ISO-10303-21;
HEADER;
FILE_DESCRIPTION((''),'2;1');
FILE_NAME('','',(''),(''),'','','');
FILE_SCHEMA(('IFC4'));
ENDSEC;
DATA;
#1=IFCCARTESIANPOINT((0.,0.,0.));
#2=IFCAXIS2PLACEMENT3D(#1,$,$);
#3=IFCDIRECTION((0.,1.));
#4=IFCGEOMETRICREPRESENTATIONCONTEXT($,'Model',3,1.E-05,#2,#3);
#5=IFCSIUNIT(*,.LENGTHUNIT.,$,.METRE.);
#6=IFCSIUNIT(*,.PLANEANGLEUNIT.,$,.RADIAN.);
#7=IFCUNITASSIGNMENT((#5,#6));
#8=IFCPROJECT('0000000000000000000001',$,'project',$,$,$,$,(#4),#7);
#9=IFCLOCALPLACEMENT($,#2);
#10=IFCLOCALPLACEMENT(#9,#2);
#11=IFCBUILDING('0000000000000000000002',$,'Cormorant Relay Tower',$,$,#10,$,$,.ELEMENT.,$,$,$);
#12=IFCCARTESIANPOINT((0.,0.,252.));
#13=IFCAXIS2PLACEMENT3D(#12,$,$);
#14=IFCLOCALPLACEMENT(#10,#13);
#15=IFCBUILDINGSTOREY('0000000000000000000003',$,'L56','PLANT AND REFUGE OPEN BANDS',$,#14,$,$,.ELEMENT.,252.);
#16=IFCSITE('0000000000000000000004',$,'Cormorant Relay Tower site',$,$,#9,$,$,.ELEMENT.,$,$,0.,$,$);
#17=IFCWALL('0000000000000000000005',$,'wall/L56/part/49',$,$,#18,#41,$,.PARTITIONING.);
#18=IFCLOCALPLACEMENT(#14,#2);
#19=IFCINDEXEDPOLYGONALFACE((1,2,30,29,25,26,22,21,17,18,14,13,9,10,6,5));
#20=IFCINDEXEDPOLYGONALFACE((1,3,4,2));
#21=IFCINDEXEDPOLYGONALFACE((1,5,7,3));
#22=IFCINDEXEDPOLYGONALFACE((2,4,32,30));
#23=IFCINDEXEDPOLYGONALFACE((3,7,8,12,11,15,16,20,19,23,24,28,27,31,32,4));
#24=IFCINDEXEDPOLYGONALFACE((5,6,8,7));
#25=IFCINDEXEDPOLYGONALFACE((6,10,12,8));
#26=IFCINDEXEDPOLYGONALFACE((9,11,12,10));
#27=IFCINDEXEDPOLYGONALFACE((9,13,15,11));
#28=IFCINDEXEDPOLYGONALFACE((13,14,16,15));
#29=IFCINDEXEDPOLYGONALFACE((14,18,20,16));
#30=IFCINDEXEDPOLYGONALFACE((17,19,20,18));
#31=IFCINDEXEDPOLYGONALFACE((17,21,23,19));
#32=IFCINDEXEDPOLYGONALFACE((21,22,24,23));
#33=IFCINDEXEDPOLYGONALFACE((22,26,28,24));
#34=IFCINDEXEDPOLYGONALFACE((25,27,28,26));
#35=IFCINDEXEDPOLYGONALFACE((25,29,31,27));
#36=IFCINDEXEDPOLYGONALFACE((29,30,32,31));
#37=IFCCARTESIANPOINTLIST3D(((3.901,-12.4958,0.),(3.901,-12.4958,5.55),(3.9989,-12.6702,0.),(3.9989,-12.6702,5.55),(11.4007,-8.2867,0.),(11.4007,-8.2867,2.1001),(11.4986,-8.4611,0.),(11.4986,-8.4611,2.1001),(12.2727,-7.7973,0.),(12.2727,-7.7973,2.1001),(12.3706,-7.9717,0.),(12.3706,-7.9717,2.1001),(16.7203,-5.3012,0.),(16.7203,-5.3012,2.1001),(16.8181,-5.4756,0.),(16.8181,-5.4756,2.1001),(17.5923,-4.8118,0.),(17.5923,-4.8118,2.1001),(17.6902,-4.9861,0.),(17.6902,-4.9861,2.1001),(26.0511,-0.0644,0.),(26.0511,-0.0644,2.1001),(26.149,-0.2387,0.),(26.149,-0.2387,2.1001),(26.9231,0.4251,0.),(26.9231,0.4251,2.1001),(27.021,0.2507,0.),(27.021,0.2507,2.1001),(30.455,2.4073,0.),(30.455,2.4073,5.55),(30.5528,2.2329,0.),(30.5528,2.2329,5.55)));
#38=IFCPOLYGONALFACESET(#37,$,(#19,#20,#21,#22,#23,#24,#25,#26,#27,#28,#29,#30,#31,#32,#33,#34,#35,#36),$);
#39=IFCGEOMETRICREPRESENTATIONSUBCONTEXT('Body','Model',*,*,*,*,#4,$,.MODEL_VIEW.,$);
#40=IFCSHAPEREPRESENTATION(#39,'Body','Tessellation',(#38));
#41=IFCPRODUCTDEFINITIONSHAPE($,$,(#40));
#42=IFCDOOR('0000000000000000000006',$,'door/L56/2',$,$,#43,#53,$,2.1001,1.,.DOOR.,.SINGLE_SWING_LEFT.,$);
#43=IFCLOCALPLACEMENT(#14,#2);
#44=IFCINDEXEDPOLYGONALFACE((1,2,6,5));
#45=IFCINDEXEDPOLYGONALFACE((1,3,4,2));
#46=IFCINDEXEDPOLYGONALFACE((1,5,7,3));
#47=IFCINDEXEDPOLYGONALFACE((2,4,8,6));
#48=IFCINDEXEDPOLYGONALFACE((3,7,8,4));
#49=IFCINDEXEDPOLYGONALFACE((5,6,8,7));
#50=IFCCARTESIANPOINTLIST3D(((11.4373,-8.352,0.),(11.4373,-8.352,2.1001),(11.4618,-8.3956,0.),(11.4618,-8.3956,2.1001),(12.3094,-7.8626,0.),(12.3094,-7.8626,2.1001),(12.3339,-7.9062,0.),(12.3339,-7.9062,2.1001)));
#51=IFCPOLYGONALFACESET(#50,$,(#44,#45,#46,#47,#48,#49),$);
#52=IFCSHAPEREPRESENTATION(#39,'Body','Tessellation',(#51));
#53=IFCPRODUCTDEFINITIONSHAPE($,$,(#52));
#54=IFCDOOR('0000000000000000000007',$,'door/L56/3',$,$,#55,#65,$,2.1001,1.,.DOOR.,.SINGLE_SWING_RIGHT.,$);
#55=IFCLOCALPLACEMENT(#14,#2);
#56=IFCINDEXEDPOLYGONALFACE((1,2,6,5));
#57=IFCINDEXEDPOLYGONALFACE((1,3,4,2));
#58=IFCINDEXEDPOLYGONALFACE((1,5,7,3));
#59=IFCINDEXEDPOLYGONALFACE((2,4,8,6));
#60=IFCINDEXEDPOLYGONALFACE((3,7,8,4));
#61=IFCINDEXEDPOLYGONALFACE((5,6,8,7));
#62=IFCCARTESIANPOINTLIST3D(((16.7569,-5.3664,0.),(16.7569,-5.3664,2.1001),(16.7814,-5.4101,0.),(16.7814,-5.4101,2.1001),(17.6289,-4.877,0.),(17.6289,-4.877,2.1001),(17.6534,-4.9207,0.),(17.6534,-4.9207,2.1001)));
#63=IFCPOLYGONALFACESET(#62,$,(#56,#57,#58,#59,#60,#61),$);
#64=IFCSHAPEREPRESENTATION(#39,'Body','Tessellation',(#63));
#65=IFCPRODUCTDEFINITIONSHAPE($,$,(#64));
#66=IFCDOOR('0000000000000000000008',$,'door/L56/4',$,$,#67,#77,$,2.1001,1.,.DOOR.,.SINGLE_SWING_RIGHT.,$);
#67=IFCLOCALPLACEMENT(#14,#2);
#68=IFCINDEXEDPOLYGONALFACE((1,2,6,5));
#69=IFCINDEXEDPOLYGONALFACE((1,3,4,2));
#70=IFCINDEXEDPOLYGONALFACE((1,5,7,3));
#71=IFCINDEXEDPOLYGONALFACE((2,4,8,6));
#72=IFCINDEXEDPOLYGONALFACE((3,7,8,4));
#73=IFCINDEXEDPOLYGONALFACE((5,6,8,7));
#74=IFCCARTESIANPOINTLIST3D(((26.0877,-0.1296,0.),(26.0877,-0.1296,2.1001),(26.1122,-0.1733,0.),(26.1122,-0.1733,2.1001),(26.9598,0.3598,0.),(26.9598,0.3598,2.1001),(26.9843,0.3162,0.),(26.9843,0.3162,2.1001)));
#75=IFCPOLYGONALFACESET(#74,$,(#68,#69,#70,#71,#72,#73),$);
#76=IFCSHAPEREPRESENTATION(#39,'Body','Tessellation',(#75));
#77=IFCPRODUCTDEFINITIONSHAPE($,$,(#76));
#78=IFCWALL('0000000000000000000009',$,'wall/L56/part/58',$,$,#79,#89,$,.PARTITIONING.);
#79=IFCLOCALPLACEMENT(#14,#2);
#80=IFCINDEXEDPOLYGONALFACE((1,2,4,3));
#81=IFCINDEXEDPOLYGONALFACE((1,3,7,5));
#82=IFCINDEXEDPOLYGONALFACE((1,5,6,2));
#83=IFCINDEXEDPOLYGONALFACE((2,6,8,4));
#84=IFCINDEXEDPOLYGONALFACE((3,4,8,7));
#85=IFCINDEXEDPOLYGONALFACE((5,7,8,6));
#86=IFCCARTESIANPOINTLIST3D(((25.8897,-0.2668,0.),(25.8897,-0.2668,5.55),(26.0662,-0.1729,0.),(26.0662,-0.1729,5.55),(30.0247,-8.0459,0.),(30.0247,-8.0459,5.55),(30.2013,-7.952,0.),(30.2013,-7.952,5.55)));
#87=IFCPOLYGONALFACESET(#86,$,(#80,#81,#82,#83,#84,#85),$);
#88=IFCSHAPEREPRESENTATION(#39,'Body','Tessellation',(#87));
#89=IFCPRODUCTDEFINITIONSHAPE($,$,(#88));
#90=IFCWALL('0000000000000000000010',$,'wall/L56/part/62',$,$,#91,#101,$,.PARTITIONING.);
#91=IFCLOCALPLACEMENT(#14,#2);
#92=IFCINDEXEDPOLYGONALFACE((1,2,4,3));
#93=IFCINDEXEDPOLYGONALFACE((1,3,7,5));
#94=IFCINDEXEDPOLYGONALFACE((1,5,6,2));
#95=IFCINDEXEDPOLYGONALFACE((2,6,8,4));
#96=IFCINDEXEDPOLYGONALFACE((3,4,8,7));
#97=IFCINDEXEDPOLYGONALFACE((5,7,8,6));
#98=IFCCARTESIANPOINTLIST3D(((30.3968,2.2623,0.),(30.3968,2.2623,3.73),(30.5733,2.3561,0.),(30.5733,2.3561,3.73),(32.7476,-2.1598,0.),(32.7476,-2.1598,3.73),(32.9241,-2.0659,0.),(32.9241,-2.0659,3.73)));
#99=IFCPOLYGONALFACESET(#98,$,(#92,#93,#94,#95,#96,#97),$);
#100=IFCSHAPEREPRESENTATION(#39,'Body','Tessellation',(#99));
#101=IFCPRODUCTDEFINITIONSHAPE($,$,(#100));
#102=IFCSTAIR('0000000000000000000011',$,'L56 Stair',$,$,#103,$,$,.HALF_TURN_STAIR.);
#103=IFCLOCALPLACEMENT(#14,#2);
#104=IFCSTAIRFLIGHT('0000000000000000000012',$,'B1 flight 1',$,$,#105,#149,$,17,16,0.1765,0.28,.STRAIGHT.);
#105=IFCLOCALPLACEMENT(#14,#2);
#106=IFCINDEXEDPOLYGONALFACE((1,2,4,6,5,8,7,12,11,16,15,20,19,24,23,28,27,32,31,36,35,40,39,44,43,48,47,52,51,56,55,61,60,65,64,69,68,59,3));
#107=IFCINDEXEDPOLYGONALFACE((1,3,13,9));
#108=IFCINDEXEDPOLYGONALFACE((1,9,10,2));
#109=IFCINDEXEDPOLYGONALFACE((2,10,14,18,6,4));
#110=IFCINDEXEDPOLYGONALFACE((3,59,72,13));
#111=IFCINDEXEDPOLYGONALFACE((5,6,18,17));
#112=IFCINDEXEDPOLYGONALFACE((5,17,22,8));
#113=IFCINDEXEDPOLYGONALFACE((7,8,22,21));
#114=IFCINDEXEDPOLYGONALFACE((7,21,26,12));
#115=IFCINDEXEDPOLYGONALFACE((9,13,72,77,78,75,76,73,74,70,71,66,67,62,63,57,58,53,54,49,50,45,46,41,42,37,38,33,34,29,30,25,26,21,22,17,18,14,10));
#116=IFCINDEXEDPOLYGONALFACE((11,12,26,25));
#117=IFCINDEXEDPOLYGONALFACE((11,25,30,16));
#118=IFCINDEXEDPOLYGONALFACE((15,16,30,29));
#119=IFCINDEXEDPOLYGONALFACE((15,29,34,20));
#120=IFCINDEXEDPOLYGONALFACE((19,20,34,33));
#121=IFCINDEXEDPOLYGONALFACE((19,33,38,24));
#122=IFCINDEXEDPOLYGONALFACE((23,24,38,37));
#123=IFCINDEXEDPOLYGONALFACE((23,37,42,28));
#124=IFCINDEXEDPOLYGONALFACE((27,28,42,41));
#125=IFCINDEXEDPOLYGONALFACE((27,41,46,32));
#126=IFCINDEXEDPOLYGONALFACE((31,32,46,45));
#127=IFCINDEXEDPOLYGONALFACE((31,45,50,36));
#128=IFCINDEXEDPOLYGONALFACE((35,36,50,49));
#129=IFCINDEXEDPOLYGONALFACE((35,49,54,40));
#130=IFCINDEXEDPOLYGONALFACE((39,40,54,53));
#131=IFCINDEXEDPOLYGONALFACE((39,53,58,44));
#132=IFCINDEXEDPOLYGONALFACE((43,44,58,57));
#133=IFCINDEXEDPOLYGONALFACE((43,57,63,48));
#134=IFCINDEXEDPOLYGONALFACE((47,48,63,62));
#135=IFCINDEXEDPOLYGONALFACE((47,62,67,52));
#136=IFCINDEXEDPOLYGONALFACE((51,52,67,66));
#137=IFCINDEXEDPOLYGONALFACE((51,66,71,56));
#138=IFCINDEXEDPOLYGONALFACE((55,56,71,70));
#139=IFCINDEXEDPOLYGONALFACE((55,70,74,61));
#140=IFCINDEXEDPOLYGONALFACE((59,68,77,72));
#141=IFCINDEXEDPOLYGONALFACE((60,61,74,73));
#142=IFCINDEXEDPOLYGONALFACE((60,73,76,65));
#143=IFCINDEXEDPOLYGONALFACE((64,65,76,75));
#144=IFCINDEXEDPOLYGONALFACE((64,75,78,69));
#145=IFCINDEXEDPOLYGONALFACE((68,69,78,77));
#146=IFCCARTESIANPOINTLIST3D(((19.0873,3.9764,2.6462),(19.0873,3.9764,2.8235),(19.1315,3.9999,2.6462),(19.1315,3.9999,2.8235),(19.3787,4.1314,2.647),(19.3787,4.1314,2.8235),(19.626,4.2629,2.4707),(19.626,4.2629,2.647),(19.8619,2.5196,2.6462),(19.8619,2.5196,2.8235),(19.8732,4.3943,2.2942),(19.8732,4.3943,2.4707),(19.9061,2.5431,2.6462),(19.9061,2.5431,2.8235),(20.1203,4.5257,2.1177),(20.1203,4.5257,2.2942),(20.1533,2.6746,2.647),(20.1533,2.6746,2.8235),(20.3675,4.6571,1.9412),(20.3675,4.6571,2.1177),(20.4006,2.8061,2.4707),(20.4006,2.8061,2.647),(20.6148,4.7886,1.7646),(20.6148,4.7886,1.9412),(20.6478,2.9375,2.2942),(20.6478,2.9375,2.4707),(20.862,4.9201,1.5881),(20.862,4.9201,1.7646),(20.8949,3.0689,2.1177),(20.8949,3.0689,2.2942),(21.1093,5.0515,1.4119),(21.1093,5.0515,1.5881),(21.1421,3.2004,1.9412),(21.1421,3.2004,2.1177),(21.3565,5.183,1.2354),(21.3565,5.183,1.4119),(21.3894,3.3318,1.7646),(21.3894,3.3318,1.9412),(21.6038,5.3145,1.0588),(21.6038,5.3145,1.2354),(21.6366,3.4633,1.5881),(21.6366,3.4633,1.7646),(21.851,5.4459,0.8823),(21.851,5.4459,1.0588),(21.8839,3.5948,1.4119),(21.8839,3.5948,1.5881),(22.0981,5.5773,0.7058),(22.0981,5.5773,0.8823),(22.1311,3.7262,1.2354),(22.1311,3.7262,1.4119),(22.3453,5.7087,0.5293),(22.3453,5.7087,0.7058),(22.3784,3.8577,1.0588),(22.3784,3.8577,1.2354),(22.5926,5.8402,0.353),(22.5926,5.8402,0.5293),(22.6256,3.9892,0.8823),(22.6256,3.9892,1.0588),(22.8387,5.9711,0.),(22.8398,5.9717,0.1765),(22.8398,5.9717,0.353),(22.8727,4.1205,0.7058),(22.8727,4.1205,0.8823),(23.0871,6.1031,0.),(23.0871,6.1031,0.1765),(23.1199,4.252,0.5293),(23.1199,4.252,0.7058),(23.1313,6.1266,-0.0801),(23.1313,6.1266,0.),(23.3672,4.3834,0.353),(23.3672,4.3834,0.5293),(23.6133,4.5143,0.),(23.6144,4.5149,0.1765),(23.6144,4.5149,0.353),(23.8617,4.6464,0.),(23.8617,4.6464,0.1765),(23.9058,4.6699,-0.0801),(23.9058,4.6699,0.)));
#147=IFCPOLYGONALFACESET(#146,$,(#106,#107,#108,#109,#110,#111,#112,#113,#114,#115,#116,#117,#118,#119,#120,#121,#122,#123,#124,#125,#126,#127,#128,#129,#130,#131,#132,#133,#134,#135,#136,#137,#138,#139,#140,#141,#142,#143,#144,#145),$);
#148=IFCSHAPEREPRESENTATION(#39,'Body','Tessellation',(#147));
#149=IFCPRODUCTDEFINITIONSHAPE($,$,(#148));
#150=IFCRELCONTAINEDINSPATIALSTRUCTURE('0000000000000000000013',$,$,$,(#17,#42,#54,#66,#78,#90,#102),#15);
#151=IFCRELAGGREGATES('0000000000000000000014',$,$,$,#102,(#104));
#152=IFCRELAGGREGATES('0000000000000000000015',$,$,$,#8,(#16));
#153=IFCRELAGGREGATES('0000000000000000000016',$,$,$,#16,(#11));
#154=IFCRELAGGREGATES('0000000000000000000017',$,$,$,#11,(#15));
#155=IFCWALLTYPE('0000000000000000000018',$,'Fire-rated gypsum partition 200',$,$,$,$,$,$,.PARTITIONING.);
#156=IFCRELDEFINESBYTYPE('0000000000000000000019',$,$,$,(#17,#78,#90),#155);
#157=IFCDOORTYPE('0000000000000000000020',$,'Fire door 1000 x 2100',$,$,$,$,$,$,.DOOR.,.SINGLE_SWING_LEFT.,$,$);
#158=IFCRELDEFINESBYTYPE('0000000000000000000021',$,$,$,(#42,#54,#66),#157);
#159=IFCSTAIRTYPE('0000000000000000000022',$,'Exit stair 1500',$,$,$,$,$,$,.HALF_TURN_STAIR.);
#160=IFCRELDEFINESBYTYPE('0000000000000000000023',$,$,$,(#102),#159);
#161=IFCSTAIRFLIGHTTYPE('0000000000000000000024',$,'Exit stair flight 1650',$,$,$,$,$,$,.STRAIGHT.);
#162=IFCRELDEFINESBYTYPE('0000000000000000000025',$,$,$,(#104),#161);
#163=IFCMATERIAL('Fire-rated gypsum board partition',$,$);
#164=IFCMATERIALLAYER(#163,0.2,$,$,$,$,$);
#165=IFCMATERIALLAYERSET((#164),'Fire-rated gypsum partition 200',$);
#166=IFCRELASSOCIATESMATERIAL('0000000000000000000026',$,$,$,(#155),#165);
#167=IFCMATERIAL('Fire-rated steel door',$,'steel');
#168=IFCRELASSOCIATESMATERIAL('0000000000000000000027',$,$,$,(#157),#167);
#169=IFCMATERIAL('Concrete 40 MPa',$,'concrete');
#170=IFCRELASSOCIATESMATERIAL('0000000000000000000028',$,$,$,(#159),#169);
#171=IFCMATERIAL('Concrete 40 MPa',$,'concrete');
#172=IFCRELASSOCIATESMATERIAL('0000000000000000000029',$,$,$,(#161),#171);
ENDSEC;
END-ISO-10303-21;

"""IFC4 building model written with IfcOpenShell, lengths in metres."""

from ifc_helpers import new_model, si_unit, direction, frame, frame_2d, origin, place, context, subcontext, project, spatial, polyline, rectangle, outline, extrude, material, layer, layer_set, type_object, element, fill, aggregate, save


model = new_model("IFC4")

# Units and contexts
model_context = context("Model", 3, precision=1e-05, world=origin(), true_north=direction((0.0, 1.0)))
body_context = subcontext(model_context, "Body", "Model", "MODEL_VIEW")
ifc_project = project(units=[si_unit("LENGTHUNIT", "METRE"), si_unit("PLANEANGLEUNIT", "RADIAN")], contexts=[model_context])

# Site, building, storey
site_placement = place(None, origin())
site = spatial("IfcSite", under=ifc_project, at=site_placement, Name="Cormorant Relay Tower site", CompositionType="ELEMENT", RefElevation=0.0)
building_placement = place(site_placement, origin())
building = spatial("IfcBuilding", under=site, at=building_placement, Name="Cormorant Relay Tower", CompositionType="ELEMENT")
storey_placement = place(building_placement, frame((0.0, 0.0, 252.0)))
storey = spatial("IfcBuildingStorey", under=building, at=storey_placement, Name="L56", Description="PLANT AND REFUGE OPEN BANDS", CompositionType="ELEMENT", Elevation=252.0)

# Wall, openings, doors
ifc_material_1 = material(Name="Fire-rated gypsum board partition")
ifc_layer_1 = layer(ifc_material_1, 0.2)
ifc_layer_set_1 = layer_set([ifc_layer_1], Name="Fire-rated gypsum partition 200")
wall_type_1 = type_object("IfcWallType", Name="Fire-rated gypsum partition 200", PredefinedType="PARTITIONING", material=ifc_layer_set_1)
wall_1_placement = place(storey_placement, frame((30.5039, 2.3201, 0.0), z_axis=(0.0, 0.0, 1.0), x_axis=(-0.872046, -0.489425, 0.0)))
wall_1 = element("IfcWall", 1, at=wall_1_placement, inside=storey, type_object=wall_type_1, Name="wall/L56/part/49", PredefinedType="PARTITIONING", context=body_context, shape_type="SweptSolid", body=[
    extrude(rectangle(XDim=30.4502, YDim=0.2, at=frame_2d((15.2251, 0.0))), origin(), (0.0, 0.0, 1.0), 5.55),
])
opening_1_placement = place(wall_1_placement, frame((20.8501, 0.0, 0.0)))
opening_1 = element("IfcOpeningElement", 2, at=opening_1_placement, cuts=wall_1, PredefinedType="OPENING", context=body_context, shape_type="SweptSolid", body=[
    extrude(rectangle(XDim=1.0, YDim=2.1001, at=frame_2d((0.5, 1.05))), frame((0.0, 0.1099, 0.0), z_axis=(0.0, -1.0, 0.0), x_axis=(1.0, 0.0, 0.0)), (0.0, 0.0, 1.0), 0.22),
])
opening_2_placement = place(wall_1_placement, frame((14.75, 0.0, 0.0)))
opening_2 = element("IfcOpeningElement", 3, at=opening_2_placement, cuts=wall_1, PredefinedType="OPENING", context=body_context, shape_type="SweptSolid", body=[
    extrude(rectangle(XDim=1.0, YDim=2.1001, at=frame_2d((0.5, 1.05))), frame((0.0, 0.1099, 0.0), z_axis=(0.0, -1.0, 0.0), x_axis=(1.0, 0.0, 0.0)), (0.0, 0.0, 1.0), 0.22),
])
opening_3_placement = place(wall_1_placement, frame((4.05, 0.0, 0.0)))
opening_3 = element("IfcOpeningElement", 4, at=opening_3_placement, cuts=wall_1, PredefinedType="OPENING", context=body_context, shape_type="SweptSolid", body=[
    extrude(rectangle(XDim=1.0, YDim=2.1001, at=frame_2d((0.5, 1.05))), frame((0.0, 0.1099, 0.0), z_axis=(0.0, -1.0, 0.0), x_axis=(1.0, 0.0, 0.0)), (0.0, 0.0, 1.0), 0.22),
])
ifc_material_2 = material(Name="Fire-rated steel door", Category="steel")
door_type_1 = type_object("IfcDoorType", Name="Fire door 1000 x 2100", OperationType="SINGLE_SWING_LEFT", PredefinedType="DOOR", material=ifc_material_2)
door_1_placement = place(opening_1_placement, origin())
door_1 = element("IfcDoor", 5, at=door_1_placement, inside=storey, type_object=door_type_1, Name="door/L56/2", OperationType="SINGLE_SWING_LEFT", OverallHeight=2.1001, OverallWidth=1.0, PredefinedType="DOOR", context=body_context, shape_type="SweptSolid", body=[
    extrude(rectangle(XDim=1.0, YDim=2.1001, at=frame_2d((0.5, 1.05))), frame((0.0, 0.0249, 0.0), z_axis=(0.0, -1.0, 0.0), x_axis=(1.0, 0.0, 0.0)), (0.0, 0.0, 1.0), 0.05),
])
fill(opening_1, door_1)
door_2_placement = place(opening_2_placement, origin())
door_2 = element("IfcDoor", 6, at=door_2_placement, inside=storey, type_object=door_type_1, Name="door/L56/3", OperationType="SINGLE_SWING_RIGHT", OverallHeight=2.1001, OverallWidth=1.0, PredefinedType="DOOR", context=body_context, shape_type="SweptSolid", body=[
    extrude(rectangle(XDim=1.0, YDim=2.1001, at=frame_2d((0.5, 1.05))), frame((0.0, 0.0249, 0.0), z_axis=(0.0, -1.0, 0.0), x_axis=(1.0, 0.0, 0.0)), (0.0, 0.0, 1.0), 0.05),
])
fill(opening_2, door_2)
door_3_placement = place(opening_3_placement, origin())
door_3 = element("IfcDoor", 7, at=door_3_placement, inside=storey, type_object=door_type_1, Name="door/L56/4", OperationType="SINGLE_SWING_RIGHT", OverallHeight=2.1001, OverallWidth=1.0, PredefinedType="DOOR", context=body_context, shape_type="SweptSolid", body=[
    extrude(rectangle(XDim=1.0, YDim=2.1001, at=frame_2d((0.5, 1.05))), frame((0.0, 0.0249, 0.0), z_axis=(0.0, -1.0, 0.0), x_axis=(1.0, 0.0, 0.0)), (0.0, 0.0, 1.0), 0.05),
])
fill(opening_3, door_3)

# Walls
wall_2_placement = place(storey_placement, frame((25.978, -0.22, 0.0), z_axis=(0.0, 0.0, 1.0), x_axis=(0.469367, -0.883003, 0.0)))
element("IfcWall", 8, at=wall_2_placement, inside=storey, type_object=wall_type_1, Name="wall/L56/part/58", PredefinedType="PARTITIONING", context=body_context, shape_type="SweptSolid", body=[
    extrude(rectangle(XDim=8.8098, YDim=0.2, at=frame_2d((4.4048, 0.0))), origin(), (0.0, 0.0, 1.0), 5.55),
])
wall_3_placement = place(storey_placement, frame((30.4851, 2.3091, 0.0), z_axis=(0.0, 0.0, 1.0), x_axis=(0.469401, -0.882985, 0.0)))
element("IfcWall", 9, at=wall_3_placement, inside=storey, type_object=wall_type_1, Name="wall/L56/part/62", PredefinedType="PARTITIONING", context=body_context, shape_type="SweptSolid", body=[
    extrude(rectangle(XDim=5.0081, YDim=0.2, at=frame_2d((2.5039, 0.0))), origin(), (0.0, 0.0, 1.0), 3.73),
])

# Stair, stair flight
ifc_material_3 = material(Name="Concrete 40 MPa", Category="concrete")
stair_type = type_object("IfcStairType", Name="Exit stair 1500", PredefinedType="HALF_TURN_STAIR", material=ifc_material_3)
stair_placement = place(storey_placement, origin())
stair = element("IfcStair", 10, at=stair_placement, inside=storey, type_object=stair_type, Name="L56 Stair", PredefinedType="HALF_TURN_STAIR")
ifc_material_4 = material(Name="Concrete 40 MPa", Category="concrete")
stair_flight_type = type_object("IfcStairFlightType", Name="Exit stair flight 1650", PredefinedType="STRAIGHT", material=ifc_material_4)
stair_flight_placement = place(storey_placement, frame((23.4744, 5.3748, 0.0), z_axis=(0.0, 0.0, 1.0), x_axis=(-0.882948, -0.469472, 0.0)))
stair_flight = element("IfcStairFlight", 11, at=stair_flight_placement, type_object=stair_flight_type, Name="B1 flight 1", NumberOfRisers=17, NumberOfTreads=16, PredefinedType="STRAIGHT", RiserHeight=0.1765, TreadLength=0.28, context=body_context, shape_type="SweptSolid", body=[
    extrude(outline(polyline([(-0.05, -0.0801), (-0.05, 0.0), (0.0, 0.0), (0.0, 0.1765), (0.28, 0.1765), (0.28, 0.353), (0.5601, 0.353), (0.5601, 0.5293), (0.8401, 0.5293), (0.8401, 0.7058), (1.1201, 0.7058), (1.1201, 0.8823), (1.3999, 0.8823), (1.3999, 1.0588), (1.6799, 1.0588), (1.6799, 1.2354), (1.96, 1.2354), (1.96, 1.4119), (2.24, 1.4119), (2.24, 1.5881), (2.52, 1.5881), (2.52, 1.7646), (2.8, 1.7646), (2.8, 1.9412), (3.0801, 1.9412), (3.0801, 2.1177), (3.3601, 2.1177), (3.3601, 2.2942), (3.6399, 2.2942), (3.6399, 2.4707), (3.9199, 2.4707), (3.9199, 2.647), (4.2, 2.647), (4.2, 2.8235), (4.48, 2.8235), (4.53, 2.8235), (4.53, 2.6462), (4.48, 2.6462), (0.2812, 0.0), (-0.05, -0.0801)])), frame((0.0, 0.825, 0.0), z_axis=(0.0, -1.0, 0.0), x_axis=(1.0, 0.0, 0.0)), (0.0, 0.0, 1.0), 1.6499),
])
aggregate(stair, [stair_flight])

save(model, "model.ifc")
